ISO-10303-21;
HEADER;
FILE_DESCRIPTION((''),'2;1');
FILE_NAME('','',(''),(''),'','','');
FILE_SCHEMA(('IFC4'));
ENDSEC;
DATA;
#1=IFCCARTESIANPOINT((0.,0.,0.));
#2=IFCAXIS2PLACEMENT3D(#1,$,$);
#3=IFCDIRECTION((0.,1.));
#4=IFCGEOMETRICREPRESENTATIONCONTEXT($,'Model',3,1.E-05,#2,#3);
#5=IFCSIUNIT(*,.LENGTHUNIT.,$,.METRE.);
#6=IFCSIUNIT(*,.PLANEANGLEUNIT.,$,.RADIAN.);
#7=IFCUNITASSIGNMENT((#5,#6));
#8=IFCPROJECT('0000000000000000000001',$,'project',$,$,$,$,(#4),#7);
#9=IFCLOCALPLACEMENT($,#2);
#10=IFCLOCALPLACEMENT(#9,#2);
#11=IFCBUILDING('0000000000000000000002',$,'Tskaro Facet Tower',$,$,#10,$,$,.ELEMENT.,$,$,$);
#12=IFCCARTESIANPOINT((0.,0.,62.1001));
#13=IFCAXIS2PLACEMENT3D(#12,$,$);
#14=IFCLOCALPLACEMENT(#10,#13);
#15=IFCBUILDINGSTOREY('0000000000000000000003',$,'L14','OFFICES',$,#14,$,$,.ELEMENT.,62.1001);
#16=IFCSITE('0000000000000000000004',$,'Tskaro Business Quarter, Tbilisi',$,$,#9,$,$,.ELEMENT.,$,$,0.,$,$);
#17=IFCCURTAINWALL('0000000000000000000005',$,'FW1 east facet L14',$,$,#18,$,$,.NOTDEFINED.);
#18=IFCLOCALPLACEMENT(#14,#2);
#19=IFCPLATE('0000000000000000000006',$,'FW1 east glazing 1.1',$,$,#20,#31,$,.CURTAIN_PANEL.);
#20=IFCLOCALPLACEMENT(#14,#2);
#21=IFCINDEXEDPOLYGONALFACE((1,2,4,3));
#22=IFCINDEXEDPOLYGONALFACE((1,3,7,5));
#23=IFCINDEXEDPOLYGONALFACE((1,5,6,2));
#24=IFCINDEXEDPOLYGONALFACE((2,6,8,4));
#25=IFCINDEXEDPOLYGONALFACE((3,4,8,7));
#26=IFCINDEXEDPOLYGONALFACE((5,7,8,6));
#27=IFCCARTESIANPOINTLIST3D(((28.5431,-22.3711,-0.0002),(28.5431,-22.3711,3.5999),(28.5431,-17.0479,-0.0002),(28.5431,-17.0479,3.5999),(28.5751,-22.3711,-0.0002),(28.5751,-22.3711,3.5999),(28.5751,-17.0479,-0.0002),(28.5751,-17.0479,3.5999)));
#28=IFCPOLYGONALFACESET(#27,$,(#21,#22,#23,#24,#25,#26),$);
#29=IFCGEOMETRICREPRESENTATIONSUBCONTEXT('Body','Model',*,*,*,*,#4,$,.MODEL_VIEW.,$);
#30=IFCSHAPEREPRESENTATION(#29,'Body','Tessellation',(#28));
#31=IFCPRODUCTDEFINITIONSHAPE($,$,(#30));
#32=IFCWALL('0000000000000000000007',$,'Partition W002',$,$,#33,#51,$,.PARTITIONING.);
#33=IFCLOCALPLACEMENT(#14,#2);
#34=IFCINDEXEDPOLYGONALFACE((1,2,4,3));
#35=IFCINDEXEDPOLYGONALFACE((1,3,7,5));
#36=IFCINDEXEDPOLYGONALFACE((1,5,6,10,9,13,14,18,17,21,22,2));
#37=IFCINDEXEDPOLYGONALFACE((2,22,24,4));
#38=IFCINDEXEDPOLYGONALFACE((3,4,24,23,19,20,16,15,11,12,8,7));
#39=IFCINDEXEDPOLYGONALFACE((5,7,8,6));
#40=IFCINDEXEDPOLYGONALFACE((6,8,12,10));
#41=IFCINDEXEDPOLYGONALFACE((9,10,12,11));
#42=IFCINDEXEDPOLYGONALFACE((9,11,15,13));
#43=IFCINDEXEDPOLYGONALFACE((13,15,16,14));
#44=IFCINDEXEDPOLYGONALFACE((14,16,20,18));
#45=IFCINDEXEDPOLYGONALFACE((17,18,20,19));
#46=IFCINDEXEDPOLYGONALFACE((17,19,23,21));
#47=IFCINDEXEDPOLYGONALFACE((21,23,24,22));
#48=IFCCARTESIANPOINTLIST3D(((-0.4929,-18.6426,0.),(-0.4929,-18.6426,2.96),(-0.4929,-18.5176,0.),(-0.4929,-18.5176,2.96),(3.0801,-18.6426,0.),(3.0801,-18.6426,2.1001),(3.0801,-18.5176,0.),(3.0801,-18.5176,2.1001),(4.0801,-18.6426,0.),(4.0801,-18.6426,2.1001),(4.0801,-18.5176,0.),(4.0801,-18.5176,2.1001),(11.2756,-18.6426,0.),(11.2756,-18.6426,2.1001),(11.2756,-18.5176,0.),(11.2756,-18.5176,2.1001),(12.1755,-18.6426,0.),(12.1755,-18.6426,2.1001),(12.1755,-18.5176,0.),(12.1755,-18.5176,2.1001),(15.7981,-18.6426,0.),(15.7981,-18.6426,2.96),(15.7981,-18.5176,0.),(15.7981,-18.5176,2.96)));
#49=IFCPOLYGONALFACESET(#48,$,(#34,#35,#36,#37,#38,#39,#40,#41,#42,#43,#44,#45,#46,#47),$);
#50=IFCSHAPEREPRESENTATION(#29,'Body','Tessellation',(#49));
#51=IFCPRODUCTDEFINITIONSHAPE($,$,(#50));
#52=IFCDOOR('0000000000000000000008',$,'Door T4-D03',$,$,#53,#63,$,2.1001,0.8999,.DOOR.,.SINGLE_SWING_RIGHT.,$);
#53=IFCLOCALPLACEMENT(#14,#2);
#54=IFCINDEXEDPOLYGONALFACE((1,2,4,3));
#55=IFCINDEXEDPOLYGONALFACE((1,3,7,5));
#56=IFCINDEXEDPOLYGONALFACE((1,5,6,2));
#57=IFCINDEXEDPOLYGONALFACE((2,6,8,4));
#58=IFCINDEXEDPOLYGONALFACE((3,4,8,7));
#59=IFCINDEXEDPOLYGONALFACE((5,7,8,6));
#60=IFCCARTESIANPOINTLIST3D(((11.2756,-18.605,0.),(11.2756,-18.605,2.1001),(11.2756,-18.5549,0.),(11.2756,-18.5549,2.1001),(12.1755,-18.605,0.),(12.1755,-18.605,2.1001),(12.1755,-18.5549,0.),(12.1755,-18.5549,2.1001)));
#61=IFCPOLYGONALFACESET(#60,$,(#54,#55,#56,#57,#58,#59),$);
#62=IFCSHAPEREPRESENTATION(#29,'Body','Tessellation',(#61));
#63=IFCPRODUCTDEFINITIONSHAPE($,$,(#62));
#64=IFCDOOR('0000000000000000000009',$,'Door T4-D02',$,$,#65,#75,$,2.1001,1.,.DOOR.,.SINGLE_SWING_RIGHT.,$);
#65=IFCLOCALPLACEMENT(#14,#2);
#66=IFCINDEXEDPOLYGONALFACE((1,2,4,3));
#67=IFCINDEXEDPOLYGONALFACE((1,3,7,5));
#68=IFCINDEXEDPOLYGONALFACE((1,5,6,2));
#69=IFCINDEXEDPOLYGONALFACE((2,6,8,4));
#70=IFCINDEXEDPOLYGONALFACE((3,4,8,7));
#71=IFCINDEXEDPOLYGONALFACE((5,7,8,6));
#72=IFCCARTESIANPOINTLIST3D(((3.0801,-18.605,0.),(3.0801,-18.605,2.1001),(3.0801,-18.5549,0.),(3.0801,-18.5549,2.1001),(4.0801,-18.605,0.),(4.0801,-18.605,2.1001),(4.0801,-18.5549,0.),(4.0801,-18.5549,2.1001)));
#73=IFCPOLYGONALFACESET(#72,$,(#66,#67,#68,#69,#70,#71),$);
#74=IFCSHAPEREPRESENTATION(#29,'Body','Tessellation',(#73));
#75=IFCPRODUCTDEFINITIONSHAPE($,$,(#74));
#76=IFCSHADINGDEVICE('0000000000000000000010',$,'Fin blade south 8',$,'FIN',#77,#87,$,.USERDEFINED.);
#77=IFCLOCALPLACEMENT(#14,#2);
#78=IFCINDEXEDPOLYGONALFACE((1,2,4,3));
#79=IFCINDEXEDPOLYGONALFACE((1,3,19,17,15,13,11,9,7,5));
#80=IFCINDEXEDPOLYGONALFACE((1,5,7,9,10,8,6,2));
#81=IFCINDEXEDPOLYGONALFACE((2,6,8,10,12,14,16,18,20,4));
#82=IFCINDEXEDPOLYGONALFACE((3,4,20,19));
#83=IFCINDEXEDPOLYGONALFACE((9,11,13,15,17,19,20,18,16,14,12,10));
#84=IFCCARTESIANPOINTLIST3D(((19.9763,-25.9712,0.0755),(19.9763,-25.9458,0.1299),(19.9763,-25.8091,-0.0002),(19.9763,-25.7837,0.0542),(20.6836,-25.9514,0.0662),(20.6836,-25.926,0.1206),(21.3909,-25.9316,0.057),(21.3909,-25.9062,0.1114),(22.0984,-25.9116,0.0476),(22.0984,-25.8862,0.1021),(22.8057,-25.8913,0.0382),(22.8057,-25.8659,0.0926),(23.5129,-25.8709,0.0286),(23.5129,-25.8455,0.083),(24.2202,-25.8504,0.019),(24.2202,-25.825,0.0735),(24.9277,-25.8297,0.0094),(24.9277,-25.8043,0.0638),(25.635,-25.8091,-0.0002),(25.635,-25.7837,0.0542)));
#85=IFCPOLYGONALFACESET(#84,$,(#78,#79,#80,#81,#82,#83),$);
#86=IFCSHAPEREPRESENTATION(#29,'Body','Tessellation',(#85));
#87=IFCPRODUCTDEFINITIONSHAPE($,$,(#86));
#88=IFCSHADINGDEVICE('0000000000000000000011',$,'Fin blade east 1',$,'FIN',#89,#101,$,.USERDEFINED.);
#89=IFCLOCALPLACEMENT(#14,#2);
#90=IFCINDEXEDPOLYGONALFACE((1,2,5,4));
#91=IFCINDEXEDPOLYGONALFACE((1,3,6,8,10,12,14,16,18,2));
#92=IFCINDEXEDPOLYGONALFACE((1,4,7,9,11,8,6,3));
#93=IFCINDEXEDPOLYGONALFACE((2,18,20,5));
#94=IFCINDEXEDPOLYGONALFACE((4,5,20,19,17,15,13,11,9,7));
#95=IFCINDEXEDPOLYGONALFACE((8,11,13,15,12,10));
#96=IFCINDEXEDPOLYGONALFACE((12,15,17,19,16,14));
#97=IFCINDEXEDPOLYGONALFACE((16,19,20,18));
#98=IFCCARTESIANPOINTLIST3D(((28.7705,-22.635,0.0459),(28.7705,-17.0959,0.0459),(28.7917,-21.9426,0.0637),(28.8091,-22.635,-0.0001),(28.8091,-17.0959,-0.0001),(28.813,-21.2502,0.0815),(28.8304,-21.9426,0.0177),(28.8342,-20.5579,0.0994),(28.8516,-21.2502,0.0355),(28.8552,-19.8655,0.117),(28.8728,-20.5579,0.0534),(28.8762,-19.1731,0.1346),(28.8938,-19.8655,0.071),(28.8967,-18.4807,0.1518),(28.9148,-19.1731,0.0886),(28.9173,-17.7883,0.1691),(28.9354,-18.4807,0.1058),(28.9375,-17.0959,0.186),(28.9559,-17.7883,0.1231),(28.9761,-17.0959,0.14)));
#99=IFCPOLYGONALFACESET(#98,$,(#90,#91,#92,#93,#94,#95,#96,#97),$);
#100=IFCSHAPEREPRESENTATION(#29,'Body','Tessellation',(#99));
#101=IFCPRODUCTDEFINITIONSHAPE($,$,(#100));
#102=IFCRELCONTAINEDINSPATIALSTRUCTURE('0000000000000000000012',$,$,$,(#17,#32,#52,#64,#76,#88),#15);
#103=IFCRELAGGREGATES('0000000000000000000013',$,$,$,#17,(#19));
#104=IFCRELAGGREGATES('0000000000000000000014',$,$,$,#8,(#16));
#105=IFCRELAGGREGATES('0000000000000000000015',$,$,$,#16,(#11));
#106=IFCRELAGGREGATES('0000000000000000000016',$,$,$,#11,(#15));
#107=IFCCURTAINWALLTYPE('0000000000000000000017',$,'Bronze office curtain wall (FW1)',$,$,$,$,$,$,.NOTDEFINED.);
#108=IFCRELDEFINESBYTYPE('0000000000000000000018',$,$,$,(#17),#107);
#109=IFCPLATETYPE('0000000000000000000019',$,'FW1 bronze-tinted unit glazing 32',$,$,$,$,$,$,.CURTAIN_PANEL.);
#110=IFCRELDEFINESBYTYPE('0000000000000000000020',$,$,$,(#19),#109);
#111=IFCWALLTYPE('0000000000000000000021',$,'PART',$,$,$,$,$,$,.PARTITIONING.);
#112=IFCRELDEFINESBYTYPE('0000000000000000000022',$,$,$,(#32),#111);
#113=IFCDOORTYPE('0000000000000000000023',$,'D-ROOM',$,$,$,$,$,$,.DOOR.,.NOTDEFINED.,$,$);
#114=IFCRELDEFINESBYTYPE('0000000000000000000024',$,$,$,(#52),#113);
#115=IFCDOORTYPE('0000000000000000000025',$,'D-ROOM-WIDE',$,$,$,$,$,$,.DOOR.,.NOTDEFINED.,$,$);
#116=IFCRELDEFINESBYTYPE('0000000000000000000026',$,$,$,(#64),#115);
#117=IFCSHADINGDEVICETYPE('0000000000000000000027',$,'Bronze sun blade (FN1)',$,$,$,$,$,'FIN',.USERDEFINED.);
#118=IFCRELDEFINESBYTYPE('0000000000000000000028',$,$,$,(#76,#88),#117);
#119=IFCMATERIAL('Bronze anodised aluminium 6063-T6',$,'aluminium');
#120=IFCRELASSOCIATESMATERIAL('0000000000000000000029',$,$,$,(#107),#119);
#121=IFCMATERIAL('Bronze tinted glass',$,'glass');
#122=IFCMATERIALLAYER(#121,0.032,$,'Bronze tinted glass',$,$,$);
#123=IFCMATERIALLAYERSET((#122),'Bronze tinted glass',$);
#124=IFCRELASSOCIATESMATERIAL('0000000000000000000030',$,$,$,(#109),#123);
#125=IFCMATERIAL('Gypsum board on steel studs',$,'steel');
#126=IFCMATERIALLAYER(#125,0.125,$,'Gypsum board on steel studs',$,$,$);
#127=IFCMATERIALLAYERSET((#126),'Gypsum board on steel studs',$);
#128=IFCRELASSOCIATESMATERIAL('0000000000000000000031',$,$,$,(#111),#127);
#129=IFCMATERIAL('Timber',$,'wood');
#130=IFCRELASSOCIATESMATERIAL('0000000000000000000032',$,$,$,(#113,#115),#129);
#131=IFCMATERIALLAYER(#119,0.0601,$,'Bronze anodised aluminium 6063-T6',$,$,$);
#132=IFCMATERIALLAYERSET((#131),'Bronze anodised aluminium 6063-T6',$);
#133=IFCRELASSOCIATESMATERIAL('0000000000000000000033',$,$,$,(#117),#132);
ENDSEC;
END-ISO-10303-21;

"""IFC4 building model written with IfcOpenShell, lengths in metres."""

from ifc_helpers import new_model, si_unit, direction, frame, frame_2d, origin, origin_2d, place, context, subcontext, project, spatial, polyline, rectangle, outline, extrude, material, layer, layer_set, type_object, element, fill, aggregate, save


model = new_model("IFC4")

# Units and contexts
model_context = context("Model", 3, precision=1e-05, world=origin(), true_north=direction((0.0, 1.0)))
body_context = subcontext(model_context, "Body", "Model", "MODEL_VIEW")
ifc_project = project(units=[si_unit("LENGTHUNIT", "METRE"), si_unit("PLANEANGLEUNIT", "RADIAN")], contexts=[model_context])

# Site, building, storey
site_placement = place(None, origin())
site = spatial("IfcSite", under=ifc_project, at=site_placement, Name="Tskaro Business Quarter, Tbilisi", CompositionType="ELEMENT", RefElevation=0.0)
building_placement = place(site_placement, origin())
building = spatial("IfcBuilding", under=site, at=building_placement, Name="Tskaro Facet Tower", CompositionType="ELEMENT")
storey_placement = place(building_placement, frame((0.0, 0.0, 62.1001)))
storey = spatial("IfcBuildingStorey", under=building, at=storey_placement, Name="L14", Description="OFFICES", CompositionType="ELEMENT", Elevation=62.1001)

# Curtain wall
ifc_material_1 = material(Name="Bronze anodised aluminium 6063-T6", Category="aluminium")
curtain_wall_type = type_object("IfcCurtainWallType", Name="Bronze office curtain wall (FW1)", PredefinedType="NOTDEFINED", material=ifc_material_1)
curtain_wall_1_placement = place(storey_placement, origin())
curtain_wall_1 = element("IfcCurtainWall", 1, at=curtain_wall_1_placement, inside=storey, type_object=curtain_wall_type, Name="FW1 east facet L14", PredefinedType="NOTDEFINED")

# Plate
ifc_material_2 = material(Name="Bronze tinted glass", Category="glass")
ifc_layer_1 = layer(ifc_material_2, 0.032, Name="Bronze tinted glass")
ifc_layer_set_1 = layer_set([ifc_layer_1], Name="Bronze tinted glass")
plate_type = type_object("IfcPlateType", Name="FW1 bronze-tinted unit glazing 32", PredefinedType="CURTAIN_PANEL", material=ifc_layer_set_1)
plate_1_placement = place(storey_placement, frame((28.5591, -19.7095, -0.0002), z_axis=(0.0, 0.0, 1.0), x_axis=(0.0, 1.0, 0.0)))
plate_1 = element("IfcPlate", 2, at=plate_1_placement, type_object=plate_type, Name="FW1 east glazing 1.1", PredefinedType="CURTAIN_PANEL", context=body_context, shape_type="SweptSolid", body=[
    extrude(rectangle(XDim=5.3232, YDim=0.032, at=origin_2d()), origin(), (0.0, 0.0, 1.0), 3.6001),
])
aggregate(curtain_wall_1, [plate_1])

# Wall, openings, doors
ifc_material_3 = material(Name="Gypsum board on steel studs", Category="steel")
ifc_layer_2 = layer(ifc_material_3, 0.125, Name="Gypsum board on steel studs")
ifc_layer_set_2 = layer_set([ifc_layer_2], Name="Gypsum board on steel studs")
wall_type = type_object("IfcWallType", Name="PART", PredefinedType="PARTITIONING", material=ifc_layer_set_2)
wall_placement = place(storey_placement, frame((15.7981, -18.5801, 0.0), z_axis=(0.0, 0.0, 1.0), x_axis=(-1.0, 0.0, 0.0)))
wall = element("IfcWall", 3, at=wall_placement, inside=storey, type_object=wall_type, Name="Partition W002", PredefinedType="PARTITIONING", context=body_context, shape_type="SweptSolid", body=[
    extrude(rectangle(XDim=16.291, YDim=0.125, at=frame_2d((8.1455, 0.0))), origin(), (0.0, 0.0, 1.0), 2.96),
])
opening_1_placement = place(wall_placement, frame((11.718, 0.0, 0.0)))
opening_1 = element("IfcOpeningElement", 4, at=opening_1_placement, cuts=wall, PredefinedType="OPENING", context=body_context, shape_type="SweptSolid", body=[
    extrude(rectangle(XDim=1.0, YDim=2.1001, at=frame_2d((0.5, 1.05))), frame((0.0, 0.0725, 0.0), z_axis=(0.0, -1.0, 0.0), x_axis=(1.0, 0.0, 0.0)), (0.0, 0.0, 1.0), 0.145),
])
opening_2_placement = place(wall_placement, frame((3.6226, 0.0, 0.0)))
opening_2 = element("IfcOpeningElement", 5, at=opening_2_placement, cuts=wall, PredefinedType="OPENING", context=body_context, shape_type="SweptSolid", body=[
    extrude(rectangle(XDim=0.8999, YDim=2.1001, at=frame_2d((0.45, 1.05))), frame((0.0, 0.0725, 0.0), z_axis=(0.0, -1.0, 0.0), x_axis=(1.0, 0.0, 0.0)), (0.0, 0.0, 1.0), 0.145),
])
ifc_material_4 = material(Name="Timber", Category="wood")
door_type_1 = type_object("IfcDoorType", Name="D-ROOM", OperationType="NOTDEFINED", PredefinedType="DOOR", material=ifc_material_4)
door_1_placement = place(opening_2_placement, origin())
door_1 = element("IfcDoor", 6, at=door_1_placement, inside=storey, type_object=door_type_1, Name="Door T4-D03", OperationType="SINGLE_SWING_RIGHT", OverallHeight=2.1001, OverallWidth=0.8999, PredefinedType="DOOR", context=body_context, shape_type="SweptSolid", body=[
    extrude(rectangle(XDim=0.8999, YDim=2.1001, at=frame_2d((0.45, 1.05))), frame((0.0, 0.0249, 0.0), z_axis=(0.0, -1.0, 0.0), x_axis=(1.0, 0.0, 0.0)), (0.0, 0.0, 1.0), 0.05),
])
fill(opening_2, door_1)
door_type_2 = type_object("IfcDoorType", Name="D-ROOM-WIDE", OperationType="NOTDEFINED", PredefinedType="DOOR", material=ifc_material_4)
door_2_placement = place(opening_1_placement, origin())
door_2 = element("IfcDoor", 7, at=door_2_placement, inside=storey, type_object=door_type_2, Name="Door T4-D02", OperationType="SINGLE_SWING_RIGHT", OverallHeight=2.1001, OverallWidth=1.0, PredefinedType="DOOR", context=body_context, shape_type="SweptSolid", body=[
    extrude(rectangle(XDim=1.0, YDim=2.1001, at=frame_2d((0.5, 1.05))), frame((0.0, 0.0249, 0.0), z_axis=(0.0, -1.0, 0.0), x_axis=(1.0, 0.0, 0.0)), (0.0, 0.0, 1.0), 0.05),
])
fill(opening_1, door_2)

# Shading devices
ifc_layer_3 = layer(ifc_material_1, 0.0601, Name="Bronze anodised aluminium 6063-T6")
ifc_layer_set_3 = layer_set([ifc_layer_3], Name="Bronze anodised aluminium 6063-T6")
shading_device_type = type_object("IfcShadingDeviceType", Name="Bronze sun blade (FN1)", ElementType="FIN", PredefinedType="USERDEFINED", material=ifc_layer_set_3)
shading_device_1_placement = place(storey_placement, frame((19.9763, -25.7837, 0.0542), z_axis=(0.000002, 0.422978, 0.90614), x_axis=(1.0, -0.000001, -0.000002)))
element("IfcShadingDevice", 8, at=shading_device_1_placement, inside=storey, type_object=shading_device_type, Name="Fin blade south 8", ObjectType="FIN", PredefinedType="USERDEFINED", context=body_context, shape_type="SweptSolid", body=[
    extrude(outline(polyline([(0.0, 0.0), (5.6587, 0.0), (4.9514, -0.0227), (4.2439, -0.0455), (3.5366, -0.0682), (2.8293, -0.0908), (2.1221, -0.1132), (1.4146, -0.1352), (0.7073, -0.1571), (0.0, -0.1789), (0.0, 0.0)])), origin(), (0.0, 0.0, -1.0), 0.0601),
])
shading_device_2_placement = place(storey_placement, frame((28.7705, -22.635, 0.0459), z_axis=(-0.642854, 0.000001, 0.765989), x_axis=(0.000001, 1.0, -0.000001)))
element("IfcShadingDevice", 9, at=shading_device_2_placement, inside=storey, type_object=shading_device_type, Name="Fin blade east 1", ObjectType="FIN", PredefinedType="USERDEFINED", context=body_context, shape_type="SweptSolid", body=[
    extrude(outline(polyline([(0.0, 0.0), (5.5391, 0.0), (5.5391, -0.218), (4.8467, -0.1917), (4.1543, -0.1648), (3.4619, -0.1379), (2.7695, -0.1106), (2.0771, -0.0832), (1.3848, -0.0555), (0.6924, -0.0277), (0.0, 0.0)])), origin(), (0.0, 0.0, -1.0), 0.0601),
])

save(model, "model.ifc")
